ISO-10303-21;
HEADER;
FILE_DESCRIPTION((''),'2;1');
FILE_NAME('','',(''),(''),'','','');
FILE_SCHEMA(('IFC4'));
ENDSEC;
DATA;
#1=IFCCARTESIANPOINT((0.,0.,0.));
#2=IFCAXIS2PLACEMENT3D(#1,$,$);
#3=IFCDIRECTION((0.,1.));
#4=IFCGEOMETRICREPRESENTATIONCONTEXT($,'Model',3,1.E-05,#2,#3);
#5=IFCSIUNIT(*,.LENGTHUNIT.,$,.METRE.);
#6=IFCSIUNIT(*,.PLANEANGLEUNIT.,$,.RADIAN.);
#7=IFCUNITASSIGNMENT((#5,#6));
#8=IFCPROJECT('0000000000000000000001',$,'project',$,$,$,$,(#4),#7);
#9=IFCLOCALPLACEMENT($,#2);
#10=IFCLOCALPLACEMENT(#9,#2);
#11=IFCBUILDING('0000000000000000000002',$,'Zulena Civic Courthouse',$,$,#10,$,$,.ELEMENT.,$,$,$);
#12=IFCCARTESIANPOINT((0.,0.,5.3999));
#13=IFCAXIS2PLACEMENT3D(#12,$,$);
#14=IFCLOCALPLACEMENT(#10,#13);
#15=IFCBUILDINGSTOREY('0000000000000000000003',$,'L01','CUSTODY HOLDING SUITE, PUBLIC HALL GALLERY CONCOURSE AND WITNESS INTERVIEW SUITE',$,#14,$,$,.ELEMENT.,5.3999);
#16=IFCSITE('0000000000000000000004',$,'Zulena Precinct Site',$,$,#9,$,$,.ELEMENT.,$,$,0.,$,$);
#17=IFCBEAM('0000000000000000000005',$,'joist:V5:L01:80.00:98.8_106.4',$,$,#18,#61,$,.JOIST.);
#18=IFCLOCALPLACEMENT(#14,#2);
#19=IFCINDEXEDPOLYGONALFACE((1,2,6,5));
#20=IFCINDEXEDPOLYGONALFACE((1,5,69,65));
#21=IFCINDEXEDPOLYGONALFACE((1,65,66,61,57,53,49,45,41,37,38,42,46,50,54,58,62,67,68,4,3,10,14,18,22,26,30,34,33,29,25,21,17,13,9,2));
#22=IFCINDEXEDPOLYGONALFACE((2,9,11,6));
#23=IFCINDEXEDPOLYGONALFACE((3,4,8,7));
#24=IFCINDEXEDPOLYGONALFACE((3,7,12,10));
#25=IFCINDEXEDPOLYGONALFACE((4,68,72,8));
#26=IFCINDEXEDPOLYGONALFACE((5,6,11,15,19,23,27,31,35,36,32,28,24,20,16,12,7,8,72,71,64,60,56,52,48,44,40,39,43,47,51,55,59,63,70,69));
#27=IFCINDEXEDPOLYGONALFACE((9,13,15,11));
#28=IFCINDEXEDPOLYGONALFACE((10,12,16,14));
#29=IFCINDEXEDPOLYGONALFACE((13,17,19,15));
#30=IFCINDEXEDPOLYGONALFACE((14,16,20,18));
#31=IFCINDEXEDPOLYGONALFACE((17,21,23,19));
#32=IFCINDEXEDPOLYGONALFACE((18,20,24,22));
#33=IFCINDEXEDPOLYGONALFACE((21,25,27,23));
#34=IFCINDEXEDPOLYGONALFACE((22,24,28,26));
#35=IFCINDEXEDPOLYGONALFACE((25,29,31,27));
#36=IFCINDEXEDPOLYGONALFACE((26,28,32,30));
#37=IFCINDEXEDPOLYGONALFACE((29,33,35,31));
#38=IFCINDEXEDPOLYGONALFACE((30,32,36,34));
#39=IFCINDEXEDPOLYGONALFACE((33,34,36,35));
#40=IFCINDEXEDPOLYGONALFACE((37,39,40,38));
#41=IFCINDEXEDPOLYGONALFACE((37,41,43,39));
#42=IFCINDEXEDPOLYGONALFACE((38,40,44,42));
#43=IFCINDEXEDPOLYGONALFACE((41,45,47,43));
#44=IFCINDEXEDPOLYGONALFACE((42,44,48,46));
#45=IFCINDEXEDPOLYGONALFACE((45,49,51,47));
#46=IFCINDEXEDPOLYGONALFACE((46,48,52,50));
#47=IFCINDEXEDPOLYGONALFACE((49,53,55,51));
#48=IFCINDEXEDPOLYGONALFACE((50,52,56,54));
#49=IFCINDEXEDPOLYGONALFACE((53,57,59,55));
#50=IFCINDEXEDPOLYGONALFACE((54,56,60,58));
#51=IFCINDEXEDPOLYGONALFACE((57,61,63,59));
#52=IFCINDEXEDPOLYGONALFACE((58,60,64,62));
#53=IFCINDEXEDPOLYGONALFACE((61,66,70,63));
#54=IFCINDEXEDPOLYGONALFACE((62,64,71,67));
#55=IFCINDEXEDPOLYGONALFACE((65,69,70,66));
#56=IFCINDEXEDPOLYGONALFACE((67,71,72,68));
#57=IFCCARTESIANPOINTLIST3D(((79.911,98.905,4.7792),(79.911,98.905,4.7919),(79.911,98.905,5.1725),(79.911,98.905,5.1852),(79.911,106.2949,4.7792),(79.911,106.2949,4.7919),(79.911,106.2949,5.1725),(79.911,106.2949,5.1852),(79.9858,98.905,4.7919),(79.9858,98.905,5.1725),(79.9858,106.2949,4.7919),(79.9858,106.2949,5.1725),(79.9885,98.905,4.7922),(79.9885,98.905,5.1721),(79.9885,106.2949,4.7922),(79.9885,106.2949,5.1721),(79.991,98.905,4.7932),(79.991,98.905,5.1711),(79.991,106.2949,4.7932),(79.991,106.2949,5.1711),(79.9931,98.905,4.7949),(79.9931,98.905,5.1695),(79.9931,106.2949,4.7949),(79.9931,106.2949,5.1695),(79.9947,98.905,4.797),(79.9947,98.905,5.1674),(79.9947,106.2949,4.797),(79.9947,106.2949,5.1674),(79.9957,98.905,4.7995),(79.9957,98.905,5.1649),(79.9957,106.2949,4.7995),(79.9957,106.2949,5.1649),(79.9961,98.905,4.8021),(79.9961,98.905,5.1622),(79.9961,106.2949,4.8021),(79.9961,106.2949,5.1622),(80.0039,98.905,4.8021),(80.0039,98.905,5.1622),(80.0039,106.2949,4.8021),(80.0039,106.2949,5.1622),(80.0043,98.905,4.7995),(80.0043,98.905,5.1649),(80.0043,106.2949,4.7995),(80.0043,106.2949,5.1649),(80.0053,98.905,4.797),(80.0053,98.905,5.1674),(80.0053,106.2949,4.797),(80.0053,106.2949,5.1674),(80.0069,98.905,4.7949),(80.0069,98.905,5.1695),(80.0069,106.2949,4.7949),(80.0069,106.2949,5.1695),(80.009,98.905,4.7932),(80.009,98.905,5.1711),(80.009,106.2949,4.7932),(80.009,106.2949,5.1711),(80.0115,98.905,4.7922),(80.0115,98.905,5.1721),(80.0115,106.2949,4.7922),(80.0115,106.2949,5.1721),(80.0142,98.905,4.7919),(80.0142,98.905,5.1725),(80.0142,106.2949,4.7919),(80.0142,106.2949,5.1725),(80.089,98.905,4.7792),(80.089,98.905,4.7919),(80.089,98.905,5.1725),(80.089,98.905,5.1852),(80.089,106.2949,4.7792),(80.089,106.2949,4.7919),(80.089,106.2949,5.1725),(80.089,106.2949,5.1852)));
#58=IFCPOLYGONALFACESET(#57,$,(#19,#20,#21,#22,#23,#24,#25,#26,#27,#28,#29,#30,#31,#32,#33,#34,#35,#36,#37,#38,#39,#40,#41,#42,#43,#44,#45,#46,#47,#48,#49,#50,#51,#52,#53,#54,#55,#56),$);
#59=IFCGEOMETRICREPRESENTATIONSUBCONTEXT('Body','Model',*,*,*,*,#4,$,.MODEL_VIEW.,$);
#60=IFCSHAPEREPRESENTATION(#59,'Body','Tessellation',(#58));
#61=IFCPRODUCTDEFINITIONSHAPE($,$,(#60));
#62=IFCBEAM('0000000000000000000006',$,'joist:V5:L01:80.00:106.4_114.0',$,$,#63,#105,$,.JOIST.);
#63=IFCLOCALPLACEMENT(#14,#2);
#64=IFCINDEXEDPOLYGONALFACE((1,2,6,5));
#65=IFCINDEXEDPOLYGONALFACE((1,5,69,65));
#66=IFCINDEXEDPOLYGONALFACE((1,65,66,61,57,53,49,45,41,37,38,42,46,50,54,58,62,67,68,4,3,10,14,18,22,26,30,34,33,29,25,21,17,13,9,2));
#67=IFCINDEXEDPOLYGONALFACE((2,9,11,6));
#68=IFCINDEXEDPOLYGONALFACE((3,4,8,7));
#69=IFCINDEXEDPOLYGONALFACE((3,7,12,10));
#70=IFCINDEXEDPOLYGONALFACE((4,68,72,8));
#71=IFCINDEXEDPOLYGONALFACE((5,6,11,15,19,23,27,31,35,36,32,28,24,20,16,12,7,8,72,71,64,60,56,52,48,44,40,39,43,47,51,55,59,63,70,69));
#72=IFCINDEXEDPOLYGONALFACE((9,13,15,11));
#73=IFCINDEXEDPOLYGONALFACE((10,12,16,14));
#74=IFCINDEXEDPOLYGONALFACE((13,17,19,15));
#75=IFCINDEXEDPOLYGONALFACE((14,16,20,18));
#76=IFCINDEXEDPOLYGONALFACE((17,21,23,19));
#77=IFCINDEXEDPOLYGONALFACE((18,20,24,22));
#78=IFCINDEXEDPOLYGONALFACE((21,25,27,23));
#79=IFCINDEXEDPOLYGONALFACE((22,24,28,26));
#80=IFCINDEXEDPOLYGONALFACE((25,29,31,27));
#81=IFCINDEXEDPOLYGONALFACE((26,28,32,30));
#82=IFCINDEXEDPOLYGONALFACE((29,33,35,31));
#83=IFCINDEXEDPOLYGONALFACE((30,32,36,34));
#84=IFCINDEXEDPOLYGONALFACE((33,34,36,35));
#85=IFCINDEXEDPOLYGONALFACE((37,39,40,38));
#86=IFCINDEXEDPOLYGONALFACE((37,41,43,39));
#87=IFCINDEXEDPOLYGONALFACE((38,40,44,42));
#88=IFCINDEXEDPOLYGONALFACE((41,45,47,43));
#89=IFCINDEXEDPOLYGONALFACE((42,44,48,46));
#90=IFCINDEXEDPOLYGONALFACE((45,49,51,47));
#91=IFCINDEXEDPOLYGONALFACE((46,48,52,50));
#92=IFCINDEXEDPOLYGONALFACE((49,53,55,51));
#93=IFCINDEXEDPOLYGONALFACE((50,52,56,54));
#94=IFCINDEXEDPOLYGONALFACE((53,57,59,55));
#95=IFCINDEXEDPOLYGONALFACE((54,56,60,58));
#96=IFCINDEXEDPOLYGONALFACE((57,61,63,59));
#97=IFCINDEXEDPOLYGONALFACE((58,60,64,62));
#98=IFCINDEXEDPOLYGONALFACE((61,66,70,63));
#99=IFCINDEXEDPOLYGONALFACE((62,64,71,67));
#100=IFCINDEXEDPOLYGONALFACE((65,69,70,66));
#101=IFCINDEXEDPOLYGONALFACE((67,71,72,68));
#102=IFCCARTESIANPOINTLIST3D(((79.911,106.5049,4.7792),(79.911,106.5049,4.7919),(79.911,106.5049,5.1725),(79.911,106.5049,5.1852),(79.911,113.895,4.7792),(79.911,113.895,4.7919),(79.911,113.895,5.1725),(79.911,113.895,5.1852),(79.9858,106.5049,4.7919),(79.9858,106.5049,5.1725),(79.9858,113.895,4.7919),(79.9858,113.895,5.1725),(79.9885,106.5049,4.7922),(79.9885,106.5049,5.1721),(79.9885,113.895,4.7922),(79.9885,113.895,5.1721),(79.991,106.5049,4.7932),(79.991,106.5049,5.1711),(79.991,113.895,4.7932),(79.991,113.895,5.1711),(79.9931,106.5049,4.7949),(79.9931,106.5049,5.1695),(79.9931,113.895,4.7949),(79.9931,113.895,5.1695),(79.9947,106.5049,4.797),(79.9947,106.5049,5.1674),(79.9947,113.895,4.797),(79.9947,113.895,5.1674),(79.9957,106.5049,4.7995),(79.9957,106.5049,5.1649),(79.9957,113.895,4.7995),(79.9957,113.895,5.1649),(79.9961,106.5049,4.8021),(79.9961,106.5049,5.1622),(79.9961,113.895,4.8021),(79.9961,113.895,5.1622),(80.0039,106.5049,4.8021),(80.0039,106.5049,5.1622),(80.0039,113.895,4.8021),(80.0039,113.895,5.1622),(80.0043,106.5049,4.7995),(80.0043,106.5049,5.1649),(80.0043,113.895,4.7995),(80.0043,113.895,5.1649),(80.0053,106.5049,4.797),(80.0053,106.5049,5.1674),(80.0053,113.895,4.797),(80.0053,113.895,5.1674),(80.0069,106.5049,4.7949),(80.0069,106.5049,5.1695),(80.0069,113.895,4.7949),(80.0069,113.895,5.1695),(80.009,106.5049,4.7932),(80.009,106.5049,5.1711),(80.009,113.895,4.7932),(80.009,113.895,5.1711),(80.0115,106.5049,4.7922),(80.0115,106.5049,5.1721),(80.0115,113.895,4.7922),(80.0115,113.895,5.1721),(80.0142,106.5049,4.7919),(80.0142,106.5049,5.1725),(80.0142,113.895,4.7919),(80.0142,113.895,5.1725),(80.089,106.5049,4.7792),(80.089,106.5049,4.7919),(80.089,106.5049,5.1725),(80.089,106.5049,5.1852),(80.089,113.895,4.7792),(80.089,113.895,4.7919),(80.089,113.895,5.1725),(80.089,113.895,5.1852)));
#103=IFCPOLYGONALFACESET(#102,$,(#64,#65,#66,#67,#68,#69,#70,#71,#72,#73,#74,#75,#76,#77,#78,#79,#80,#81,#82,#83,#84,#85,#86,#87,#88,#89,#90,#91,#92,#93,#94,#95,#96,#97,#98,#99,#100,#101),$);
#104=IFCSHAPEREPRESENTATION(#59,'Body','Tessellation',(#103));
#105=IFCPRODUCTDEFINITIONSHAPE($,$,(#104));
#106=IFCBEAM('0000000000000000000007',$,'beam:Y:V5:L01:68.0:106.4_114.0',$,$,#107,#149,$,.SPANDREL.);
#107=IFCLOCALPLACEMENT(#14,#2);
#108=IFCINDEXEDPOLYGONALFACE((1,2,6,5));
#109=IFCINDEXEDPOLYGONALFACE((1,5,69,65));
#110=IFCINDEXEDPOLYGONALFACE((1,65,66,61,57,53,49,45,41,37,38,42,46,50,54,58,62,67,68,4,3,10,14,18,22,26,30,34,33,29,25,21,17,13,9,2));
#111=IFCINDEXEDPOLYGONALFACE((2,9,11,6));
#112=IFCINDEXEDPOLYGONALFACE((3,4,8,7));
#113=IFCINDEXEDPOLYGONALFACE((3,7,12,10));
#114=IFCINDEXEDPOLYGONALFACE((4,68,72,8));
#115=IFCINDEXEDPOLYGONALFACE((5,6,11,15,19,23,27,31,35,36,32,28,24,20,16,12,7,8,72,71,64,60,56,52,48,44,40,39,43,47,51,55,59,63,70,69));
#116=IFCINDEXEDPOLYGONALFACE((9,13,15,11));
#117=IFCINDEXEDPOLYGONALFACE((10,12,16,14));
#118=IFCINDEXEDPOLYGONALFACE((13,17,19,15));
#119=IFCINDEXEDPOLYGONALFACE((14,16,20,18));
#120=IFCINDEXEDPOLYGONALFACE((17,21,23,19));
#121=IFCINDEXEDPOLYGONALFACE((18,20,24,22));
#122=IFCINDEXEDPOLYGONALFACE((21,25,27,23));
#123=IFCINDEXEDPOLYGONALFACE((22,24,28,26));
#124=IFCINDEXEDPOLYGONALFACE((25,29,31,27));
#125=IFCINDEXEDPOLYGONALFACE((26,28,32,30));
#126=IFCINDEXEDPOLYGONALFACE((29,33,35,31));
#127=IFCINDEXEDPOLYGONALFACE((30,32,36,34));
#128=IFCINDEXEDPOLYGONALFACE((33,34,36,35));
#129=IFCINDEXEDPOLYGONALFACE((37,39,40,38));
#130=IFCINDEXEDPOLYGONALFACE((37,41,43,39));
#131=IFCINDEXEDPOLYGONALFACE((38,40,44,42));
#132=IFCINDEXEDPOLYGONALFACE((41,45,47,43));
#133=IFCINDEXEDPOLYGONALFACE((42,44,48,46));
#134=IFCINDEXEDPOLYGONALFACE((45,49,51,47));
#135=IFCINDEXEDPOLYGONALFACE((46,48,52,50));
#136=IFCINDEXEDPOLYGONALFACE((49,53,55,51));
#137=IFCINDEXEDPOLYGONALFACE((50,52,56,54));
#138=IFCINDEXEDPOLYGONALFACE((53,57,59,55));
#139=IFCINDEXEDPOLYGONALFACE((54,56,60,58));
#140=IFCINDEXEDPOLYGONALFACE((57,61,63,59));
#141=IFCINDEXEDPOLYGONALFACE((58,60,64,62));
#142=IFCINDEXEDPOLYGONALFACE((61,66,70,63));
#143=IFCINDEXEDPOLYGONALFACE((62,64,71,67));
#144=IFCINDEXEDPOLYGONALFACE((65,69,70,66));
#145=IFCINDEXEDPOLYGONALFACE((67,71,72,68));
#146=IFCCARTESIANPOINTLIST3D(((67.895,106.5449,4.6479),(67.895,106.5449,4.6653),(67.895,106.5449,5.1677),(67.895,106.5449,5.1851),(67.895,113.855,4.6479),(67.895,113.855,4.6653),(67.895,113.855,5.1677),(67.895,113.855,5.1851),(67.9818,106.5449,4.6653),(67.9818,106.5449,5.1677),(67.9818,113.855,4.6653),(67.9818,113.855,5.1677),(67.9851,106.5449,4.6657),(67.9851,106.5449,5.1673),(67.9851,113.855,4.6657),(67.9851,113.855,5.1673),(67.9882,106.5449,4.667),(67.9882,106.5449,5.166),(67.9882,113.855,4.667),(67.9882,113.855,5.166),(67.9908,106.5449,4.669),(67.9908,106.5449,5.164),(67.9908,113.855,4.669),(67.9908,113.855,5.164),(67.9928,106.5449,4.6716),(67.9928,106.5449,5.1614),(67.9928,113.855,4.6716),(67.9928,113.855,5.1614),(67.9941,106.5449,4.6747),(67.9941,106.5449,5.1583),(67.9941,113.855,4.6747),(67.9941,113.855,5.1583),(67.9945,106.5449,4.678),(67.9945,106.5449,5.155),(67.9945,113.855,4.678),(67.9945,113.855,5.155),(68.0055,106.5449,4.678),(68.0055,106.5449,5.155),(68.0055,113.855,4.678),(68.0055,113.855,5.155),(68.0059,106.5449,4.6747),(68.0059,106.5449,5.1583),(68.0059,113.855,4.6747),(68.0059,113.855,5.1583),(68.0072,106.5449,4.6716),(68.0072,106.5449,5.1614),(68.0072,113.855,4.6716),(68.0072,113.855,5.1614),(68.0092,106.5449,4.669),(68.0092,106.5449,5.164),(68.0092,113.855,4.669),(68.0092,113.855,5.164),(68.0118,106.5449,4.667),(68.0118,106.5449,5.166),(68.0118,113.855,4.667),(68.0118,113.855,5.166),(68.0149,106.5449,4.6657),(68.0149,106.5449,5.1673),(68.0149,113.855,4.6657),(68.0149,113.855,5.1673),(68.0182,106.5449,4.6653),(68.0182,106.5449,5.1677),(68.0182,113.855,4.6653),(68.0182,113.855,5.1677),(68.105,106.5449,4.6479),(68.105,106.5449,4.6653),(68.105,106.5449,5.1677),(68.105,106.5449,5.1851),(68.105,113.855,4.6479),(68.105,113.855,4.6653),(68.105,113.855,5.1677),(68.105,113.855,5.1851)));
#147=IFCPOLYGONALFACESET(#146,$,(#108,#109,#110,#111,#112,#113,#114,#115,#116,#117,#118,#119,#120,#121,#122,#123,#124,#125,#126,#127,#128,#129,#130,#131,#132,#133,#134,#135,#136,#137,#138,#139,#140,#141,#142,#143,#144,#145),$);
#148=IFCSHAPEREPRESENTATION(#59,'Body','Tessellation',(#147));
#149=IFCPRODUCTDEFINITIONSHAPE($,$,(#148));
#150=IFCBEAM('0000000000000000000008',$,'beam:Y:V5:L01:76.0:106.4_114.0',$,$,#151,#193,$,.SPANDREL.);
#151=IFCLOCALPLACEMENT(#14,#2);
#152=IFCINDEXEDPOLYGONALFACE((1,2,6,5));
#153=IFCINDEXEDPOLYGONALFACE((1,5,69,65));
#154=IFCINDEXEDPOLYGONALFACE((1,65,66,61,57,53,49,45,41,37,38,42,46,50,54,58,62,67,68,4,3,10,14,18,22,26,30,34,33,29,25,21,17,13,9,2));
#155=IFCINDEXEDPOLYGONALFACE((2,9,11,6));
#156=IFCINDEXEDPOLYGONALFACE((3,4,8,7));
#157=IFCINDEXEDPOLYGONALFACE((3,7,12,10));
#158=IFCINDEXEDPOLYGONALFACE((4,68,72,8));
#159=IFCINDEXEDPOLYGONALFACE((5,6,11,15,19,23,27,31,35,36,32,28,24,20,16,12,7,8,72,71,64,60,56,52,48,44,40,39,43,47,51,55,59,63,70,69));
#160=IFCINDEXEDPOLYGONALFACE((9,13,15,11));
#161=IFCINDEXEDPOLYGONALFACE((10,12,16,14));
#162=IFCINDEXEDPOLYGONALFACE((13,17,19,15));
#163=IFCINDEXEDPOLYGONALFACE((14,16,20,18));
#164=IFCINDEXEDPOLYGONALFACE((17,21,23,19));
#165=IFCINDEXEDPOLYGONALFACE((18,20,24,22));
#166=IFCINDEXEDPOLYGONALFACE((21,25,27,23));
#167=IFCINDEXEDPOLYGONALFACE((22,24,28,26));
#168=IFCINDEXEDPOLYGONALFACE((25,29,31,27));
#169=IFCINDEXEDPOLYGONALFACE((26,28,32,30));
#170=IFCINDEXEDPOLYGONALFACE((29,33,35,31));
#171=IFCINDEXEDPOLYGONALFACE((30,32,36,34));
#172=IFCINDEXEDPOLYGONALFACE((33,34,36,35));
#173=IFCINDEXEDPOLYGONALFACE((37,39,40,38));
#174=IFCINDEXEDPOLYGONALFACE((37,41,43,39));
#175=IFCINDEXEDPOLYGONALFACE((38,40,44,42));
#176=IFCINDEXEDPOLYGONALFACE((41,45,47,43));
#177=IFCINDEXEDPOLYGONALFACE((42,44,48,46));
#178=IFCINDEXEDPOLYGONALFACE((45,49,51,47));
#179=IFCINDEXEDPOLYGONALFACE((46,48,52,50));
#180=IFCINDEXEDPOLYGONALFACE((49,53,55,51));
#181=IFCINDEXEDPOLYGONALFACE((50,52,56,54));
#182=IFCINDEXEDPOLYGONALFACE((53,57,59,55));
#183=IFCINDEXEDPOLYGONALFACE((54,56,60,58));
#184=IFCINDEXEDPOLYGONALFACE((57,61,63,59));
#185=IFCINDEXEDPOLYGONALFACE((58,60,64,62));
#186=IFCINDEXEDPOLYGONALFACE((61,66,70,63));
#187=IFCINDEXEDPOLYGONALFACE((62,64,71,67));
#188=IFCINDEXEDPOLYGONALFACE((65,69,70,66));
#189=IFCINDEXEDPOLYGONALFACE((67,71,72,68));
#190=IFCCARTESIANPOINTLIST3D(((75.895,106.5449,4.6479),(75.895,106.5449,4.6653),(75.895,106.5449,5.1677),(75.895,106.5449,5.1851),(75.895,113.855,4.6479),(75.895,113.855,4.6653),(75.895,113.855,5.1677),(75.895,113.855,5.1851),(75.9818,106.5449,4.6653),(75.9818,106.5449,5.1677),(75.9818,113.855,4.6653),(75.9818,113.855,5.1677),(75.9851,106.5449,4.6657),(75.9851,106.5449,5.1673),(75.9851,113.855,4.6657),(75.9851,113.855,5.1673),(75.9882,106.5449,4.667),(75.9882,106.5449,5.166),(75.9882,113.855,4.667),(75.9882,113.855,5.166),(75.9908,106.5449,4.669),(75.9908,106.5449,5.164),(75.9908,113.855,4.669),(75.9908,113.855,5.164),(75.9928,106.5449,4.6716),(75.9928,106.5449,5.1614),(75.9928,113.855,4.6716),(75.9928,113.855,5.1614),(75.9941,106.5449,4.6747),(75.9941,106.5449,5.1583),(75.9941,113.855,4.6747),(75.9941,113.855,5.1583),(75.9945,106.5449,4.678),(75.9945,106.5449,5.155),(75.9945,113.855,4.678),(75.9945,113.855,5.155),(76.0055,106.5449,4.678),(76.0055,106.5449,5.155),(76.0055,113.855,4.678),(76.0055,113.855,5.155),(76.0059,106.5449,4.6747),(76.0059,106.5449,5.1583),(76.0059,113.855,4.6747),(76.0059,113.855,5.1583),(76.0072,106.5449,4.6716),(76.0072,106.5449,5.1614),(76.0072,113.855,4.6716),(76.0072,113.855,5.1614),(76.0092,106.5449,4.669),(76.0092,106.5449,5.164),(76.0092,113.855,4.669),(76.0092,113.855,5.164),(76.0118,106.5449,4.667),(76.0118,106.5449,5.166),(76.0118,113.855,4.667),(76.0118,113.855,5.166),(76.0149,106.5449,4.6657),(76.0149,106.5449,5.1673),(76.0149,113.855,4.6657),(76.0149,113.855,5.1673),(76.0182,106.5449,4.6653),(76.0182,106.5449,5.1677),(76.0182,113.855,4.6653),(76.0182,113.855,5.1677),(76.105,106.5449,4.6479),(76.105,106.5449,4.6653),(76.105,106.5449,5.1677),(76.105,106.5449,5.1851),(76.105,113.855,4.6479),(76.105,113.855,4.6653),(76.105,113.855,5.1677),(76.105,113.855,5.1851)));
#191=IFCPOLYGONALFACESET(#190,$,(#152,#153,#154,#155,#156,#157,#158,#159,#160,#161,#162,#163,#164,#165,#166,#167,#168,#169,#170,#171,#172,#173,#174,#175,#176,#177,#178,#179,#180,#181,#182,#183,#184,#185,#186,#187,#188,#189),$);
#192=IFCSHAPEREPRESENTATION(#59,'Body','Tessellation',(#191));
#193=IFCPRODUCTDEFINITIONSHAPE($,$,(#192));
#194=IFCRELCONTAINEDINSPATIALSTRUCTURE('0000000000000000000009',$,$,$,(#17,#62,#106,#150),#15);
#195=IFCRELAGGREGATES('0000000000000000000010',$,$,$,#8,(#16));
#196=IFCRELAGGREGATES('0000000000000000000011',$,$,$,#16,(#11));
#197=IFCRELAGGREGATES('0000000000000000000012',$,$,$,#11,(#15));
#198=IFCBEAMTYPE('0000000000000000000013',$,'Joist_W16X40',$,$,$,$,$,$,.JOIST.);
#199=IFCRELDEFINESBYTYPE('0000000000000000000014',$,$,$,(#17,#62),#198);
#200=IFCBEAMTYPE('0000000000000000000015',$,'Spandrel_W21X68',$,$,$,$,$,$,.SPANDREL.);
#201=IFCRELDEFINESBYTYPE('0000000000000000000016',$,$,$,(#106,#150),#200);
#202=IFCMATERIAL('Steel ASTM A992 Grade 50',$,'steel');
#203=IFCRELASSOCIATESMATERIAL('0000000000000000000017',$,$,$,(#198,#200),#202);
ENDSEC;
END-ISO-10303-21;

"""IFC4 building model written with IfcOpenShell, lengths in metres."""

from ifc_helpers import new_model, si_unit, direction, frame, origin, origin_2d, place, context, subcontext, project, spatial, i_section, extrude, material, material_profile, profile_set, type_object, element, save


model = new_model("IFC4")

# Units and contexts
model_context = context("Model", 3, precision=1e-05, world=origin(), true_north=direction((0.0, 1.0)))
body_context = subcontext(model_context, "Body", "Model", "MODEL_VIEW")
ifc_project = project(units=[si_unit("LENGTHUNIT", "METRE"), si_unit("PLANEANGLEUNIT", "RADIAN")], contexts=[model_context])

# Site, building, storey
site_placement = place(None, origin())
site = spatial("IfcSite", under=ifc_project, at=site_placement, Name="Zulena Precinct Site", CompositionType="ELEMENT", RefElevation=0.0)
building_placement = place(site_placement, origin())
building = spatial("IfcBuilding", under=site, at=building_placement, Name="Zulena Civic Courthouse", CompositionType="ELEMENT")
storey_placement = place(building_placement, frame((0.0, 0.0, 5.3999)))
storey = spatial("IfcBuildingStorey", under=building, at=storey_placement, Name="L01", Description="CUSTODY HOLDING SUITE, PUBLIC HALL GALLERY CONCOURSE AND WITNESS INTERVIEW SUITE", CompositionType="ELEMENT", Elevation=5.3999)

# Shared definitions
ifc_material_1 = material(Name="Steel ASTM A992 Grade 50", Category="steel")

# Beams
ifc_material_profile_1 = material_profile(ifc_material_1, i_section(OverallWidth=0.178, OverallDepth=0.406, WebThickness=0.0078, FlangeThickness=0.0127, FilletRadius=0.0103, at=origin_2d()), Name="W16X40")
ifc_profile_set_1 = profile_set([ifc_material_profile_1], Name="Steel ASTM A992 Grade 50")
beam_type_1 = type_object("IfcBeamType", Name="Joist_W16X40", PredefinedType="JOIST", material=ifc_profile_set_1)
beam_1_placement = place(storey_placement, frame((80.0, 98.905, 4.9822), z_axis=(0.0, 1.0, 0.0), x_axis=(-1.0, 0.0, 0.0)))
element("IfcBeam", 1, at=beam_1_placement, inside=storey, type_object=beam_type_1, Name="joist:V5:L01:80.00:98.8_106.4", PredefinedType="JOIST", context=body_context, shape_type="SweptSolid", body=[
    extrude(i_section(OverallWidth=0.178, OverallDepth=0.406, WebThickness=0.0078, FlangeThickness=0.0127, FilletRadius=0.0103, at=origin_2d()), origin(), (0.0, 0.0, 1.0), 7.3899),
])
beam_2_placement = place(storey_placement, frame((80.0, 106.5049, 4.9822), z_axis=(0.0, 1.0, 0.0), x_axis=(-1.0, 0.0, 0.0)))
element("IfcBeam", 2, at=beam_2_placement, inside=storey, type_object=beam_type_1, Name="joist:V5:L01:80.00:106.4_114.0", PredefinedType="JOIST", context=body_context, shape_type="SweptSolid", body=[
    extrude(i_section(OverallWidth=0.178, OverallDepth=0.406, WebThickness=0.0078, FlangeThickness=0.0127, FilletRadius=0.0103, at=origin_2d()), origin(), (0.0, 0.0, 1.0), 7.3901),
])
ifc_material_profile_2 = material_profile(ifc_material_1, i_section(OverallWidth=0.21, OverallDepth=0.5371, WebThickness=0.011, FlangeThickness=0.0173, FilletRadius=0.0127, at=origin_2d()), Name="W21X68")
ifc_profile_set_2 = profile_set([ifc_material_profile_2], Name="Steel ASTM A992 Grade 50")
beam_type_2 = type_object("IfcBeamType", Name="Spandrel_W21X68", PredefinedType="SPANDREL", material=ifc_profile_set_2)
for number, where, z_axis, x_axis, name in (
    (3, (68.0, 106.5449, 4.9165), (0.0, 1.0, 0.0), (-1.0, 0.0, 0.0), "beam:Y:V5:L01:68.0:106.4_114.0"),
    (4, (76.0, 106.5449, 4.9165), (0.0, 1.0, 0.0), (-1.0, 0.0, 0.0), "beam:Y:V5:L01:76.0:106.4_114.0"),
):
    element("IfcBeam", number, at=place(storey_placement, frame(where, z_axis=z_axis, x_axis=x_axis)), inside=storey, type_object=beam_type_2, Name=name, PredefinedType="SPANDREL", context=body_context, shape_type="SweptSolid", body=[
        extrude(i_section(OverallWidth=0.21, OverallDepth=0.5371, WebThickness=0.011, FlangeThickness=0.0173, FilletRadius=0.0127, at=origin_2d()), origin(), (0.0, 0.0, 1.0), 7.3101),
    ])

save(model, "model.ifc")
